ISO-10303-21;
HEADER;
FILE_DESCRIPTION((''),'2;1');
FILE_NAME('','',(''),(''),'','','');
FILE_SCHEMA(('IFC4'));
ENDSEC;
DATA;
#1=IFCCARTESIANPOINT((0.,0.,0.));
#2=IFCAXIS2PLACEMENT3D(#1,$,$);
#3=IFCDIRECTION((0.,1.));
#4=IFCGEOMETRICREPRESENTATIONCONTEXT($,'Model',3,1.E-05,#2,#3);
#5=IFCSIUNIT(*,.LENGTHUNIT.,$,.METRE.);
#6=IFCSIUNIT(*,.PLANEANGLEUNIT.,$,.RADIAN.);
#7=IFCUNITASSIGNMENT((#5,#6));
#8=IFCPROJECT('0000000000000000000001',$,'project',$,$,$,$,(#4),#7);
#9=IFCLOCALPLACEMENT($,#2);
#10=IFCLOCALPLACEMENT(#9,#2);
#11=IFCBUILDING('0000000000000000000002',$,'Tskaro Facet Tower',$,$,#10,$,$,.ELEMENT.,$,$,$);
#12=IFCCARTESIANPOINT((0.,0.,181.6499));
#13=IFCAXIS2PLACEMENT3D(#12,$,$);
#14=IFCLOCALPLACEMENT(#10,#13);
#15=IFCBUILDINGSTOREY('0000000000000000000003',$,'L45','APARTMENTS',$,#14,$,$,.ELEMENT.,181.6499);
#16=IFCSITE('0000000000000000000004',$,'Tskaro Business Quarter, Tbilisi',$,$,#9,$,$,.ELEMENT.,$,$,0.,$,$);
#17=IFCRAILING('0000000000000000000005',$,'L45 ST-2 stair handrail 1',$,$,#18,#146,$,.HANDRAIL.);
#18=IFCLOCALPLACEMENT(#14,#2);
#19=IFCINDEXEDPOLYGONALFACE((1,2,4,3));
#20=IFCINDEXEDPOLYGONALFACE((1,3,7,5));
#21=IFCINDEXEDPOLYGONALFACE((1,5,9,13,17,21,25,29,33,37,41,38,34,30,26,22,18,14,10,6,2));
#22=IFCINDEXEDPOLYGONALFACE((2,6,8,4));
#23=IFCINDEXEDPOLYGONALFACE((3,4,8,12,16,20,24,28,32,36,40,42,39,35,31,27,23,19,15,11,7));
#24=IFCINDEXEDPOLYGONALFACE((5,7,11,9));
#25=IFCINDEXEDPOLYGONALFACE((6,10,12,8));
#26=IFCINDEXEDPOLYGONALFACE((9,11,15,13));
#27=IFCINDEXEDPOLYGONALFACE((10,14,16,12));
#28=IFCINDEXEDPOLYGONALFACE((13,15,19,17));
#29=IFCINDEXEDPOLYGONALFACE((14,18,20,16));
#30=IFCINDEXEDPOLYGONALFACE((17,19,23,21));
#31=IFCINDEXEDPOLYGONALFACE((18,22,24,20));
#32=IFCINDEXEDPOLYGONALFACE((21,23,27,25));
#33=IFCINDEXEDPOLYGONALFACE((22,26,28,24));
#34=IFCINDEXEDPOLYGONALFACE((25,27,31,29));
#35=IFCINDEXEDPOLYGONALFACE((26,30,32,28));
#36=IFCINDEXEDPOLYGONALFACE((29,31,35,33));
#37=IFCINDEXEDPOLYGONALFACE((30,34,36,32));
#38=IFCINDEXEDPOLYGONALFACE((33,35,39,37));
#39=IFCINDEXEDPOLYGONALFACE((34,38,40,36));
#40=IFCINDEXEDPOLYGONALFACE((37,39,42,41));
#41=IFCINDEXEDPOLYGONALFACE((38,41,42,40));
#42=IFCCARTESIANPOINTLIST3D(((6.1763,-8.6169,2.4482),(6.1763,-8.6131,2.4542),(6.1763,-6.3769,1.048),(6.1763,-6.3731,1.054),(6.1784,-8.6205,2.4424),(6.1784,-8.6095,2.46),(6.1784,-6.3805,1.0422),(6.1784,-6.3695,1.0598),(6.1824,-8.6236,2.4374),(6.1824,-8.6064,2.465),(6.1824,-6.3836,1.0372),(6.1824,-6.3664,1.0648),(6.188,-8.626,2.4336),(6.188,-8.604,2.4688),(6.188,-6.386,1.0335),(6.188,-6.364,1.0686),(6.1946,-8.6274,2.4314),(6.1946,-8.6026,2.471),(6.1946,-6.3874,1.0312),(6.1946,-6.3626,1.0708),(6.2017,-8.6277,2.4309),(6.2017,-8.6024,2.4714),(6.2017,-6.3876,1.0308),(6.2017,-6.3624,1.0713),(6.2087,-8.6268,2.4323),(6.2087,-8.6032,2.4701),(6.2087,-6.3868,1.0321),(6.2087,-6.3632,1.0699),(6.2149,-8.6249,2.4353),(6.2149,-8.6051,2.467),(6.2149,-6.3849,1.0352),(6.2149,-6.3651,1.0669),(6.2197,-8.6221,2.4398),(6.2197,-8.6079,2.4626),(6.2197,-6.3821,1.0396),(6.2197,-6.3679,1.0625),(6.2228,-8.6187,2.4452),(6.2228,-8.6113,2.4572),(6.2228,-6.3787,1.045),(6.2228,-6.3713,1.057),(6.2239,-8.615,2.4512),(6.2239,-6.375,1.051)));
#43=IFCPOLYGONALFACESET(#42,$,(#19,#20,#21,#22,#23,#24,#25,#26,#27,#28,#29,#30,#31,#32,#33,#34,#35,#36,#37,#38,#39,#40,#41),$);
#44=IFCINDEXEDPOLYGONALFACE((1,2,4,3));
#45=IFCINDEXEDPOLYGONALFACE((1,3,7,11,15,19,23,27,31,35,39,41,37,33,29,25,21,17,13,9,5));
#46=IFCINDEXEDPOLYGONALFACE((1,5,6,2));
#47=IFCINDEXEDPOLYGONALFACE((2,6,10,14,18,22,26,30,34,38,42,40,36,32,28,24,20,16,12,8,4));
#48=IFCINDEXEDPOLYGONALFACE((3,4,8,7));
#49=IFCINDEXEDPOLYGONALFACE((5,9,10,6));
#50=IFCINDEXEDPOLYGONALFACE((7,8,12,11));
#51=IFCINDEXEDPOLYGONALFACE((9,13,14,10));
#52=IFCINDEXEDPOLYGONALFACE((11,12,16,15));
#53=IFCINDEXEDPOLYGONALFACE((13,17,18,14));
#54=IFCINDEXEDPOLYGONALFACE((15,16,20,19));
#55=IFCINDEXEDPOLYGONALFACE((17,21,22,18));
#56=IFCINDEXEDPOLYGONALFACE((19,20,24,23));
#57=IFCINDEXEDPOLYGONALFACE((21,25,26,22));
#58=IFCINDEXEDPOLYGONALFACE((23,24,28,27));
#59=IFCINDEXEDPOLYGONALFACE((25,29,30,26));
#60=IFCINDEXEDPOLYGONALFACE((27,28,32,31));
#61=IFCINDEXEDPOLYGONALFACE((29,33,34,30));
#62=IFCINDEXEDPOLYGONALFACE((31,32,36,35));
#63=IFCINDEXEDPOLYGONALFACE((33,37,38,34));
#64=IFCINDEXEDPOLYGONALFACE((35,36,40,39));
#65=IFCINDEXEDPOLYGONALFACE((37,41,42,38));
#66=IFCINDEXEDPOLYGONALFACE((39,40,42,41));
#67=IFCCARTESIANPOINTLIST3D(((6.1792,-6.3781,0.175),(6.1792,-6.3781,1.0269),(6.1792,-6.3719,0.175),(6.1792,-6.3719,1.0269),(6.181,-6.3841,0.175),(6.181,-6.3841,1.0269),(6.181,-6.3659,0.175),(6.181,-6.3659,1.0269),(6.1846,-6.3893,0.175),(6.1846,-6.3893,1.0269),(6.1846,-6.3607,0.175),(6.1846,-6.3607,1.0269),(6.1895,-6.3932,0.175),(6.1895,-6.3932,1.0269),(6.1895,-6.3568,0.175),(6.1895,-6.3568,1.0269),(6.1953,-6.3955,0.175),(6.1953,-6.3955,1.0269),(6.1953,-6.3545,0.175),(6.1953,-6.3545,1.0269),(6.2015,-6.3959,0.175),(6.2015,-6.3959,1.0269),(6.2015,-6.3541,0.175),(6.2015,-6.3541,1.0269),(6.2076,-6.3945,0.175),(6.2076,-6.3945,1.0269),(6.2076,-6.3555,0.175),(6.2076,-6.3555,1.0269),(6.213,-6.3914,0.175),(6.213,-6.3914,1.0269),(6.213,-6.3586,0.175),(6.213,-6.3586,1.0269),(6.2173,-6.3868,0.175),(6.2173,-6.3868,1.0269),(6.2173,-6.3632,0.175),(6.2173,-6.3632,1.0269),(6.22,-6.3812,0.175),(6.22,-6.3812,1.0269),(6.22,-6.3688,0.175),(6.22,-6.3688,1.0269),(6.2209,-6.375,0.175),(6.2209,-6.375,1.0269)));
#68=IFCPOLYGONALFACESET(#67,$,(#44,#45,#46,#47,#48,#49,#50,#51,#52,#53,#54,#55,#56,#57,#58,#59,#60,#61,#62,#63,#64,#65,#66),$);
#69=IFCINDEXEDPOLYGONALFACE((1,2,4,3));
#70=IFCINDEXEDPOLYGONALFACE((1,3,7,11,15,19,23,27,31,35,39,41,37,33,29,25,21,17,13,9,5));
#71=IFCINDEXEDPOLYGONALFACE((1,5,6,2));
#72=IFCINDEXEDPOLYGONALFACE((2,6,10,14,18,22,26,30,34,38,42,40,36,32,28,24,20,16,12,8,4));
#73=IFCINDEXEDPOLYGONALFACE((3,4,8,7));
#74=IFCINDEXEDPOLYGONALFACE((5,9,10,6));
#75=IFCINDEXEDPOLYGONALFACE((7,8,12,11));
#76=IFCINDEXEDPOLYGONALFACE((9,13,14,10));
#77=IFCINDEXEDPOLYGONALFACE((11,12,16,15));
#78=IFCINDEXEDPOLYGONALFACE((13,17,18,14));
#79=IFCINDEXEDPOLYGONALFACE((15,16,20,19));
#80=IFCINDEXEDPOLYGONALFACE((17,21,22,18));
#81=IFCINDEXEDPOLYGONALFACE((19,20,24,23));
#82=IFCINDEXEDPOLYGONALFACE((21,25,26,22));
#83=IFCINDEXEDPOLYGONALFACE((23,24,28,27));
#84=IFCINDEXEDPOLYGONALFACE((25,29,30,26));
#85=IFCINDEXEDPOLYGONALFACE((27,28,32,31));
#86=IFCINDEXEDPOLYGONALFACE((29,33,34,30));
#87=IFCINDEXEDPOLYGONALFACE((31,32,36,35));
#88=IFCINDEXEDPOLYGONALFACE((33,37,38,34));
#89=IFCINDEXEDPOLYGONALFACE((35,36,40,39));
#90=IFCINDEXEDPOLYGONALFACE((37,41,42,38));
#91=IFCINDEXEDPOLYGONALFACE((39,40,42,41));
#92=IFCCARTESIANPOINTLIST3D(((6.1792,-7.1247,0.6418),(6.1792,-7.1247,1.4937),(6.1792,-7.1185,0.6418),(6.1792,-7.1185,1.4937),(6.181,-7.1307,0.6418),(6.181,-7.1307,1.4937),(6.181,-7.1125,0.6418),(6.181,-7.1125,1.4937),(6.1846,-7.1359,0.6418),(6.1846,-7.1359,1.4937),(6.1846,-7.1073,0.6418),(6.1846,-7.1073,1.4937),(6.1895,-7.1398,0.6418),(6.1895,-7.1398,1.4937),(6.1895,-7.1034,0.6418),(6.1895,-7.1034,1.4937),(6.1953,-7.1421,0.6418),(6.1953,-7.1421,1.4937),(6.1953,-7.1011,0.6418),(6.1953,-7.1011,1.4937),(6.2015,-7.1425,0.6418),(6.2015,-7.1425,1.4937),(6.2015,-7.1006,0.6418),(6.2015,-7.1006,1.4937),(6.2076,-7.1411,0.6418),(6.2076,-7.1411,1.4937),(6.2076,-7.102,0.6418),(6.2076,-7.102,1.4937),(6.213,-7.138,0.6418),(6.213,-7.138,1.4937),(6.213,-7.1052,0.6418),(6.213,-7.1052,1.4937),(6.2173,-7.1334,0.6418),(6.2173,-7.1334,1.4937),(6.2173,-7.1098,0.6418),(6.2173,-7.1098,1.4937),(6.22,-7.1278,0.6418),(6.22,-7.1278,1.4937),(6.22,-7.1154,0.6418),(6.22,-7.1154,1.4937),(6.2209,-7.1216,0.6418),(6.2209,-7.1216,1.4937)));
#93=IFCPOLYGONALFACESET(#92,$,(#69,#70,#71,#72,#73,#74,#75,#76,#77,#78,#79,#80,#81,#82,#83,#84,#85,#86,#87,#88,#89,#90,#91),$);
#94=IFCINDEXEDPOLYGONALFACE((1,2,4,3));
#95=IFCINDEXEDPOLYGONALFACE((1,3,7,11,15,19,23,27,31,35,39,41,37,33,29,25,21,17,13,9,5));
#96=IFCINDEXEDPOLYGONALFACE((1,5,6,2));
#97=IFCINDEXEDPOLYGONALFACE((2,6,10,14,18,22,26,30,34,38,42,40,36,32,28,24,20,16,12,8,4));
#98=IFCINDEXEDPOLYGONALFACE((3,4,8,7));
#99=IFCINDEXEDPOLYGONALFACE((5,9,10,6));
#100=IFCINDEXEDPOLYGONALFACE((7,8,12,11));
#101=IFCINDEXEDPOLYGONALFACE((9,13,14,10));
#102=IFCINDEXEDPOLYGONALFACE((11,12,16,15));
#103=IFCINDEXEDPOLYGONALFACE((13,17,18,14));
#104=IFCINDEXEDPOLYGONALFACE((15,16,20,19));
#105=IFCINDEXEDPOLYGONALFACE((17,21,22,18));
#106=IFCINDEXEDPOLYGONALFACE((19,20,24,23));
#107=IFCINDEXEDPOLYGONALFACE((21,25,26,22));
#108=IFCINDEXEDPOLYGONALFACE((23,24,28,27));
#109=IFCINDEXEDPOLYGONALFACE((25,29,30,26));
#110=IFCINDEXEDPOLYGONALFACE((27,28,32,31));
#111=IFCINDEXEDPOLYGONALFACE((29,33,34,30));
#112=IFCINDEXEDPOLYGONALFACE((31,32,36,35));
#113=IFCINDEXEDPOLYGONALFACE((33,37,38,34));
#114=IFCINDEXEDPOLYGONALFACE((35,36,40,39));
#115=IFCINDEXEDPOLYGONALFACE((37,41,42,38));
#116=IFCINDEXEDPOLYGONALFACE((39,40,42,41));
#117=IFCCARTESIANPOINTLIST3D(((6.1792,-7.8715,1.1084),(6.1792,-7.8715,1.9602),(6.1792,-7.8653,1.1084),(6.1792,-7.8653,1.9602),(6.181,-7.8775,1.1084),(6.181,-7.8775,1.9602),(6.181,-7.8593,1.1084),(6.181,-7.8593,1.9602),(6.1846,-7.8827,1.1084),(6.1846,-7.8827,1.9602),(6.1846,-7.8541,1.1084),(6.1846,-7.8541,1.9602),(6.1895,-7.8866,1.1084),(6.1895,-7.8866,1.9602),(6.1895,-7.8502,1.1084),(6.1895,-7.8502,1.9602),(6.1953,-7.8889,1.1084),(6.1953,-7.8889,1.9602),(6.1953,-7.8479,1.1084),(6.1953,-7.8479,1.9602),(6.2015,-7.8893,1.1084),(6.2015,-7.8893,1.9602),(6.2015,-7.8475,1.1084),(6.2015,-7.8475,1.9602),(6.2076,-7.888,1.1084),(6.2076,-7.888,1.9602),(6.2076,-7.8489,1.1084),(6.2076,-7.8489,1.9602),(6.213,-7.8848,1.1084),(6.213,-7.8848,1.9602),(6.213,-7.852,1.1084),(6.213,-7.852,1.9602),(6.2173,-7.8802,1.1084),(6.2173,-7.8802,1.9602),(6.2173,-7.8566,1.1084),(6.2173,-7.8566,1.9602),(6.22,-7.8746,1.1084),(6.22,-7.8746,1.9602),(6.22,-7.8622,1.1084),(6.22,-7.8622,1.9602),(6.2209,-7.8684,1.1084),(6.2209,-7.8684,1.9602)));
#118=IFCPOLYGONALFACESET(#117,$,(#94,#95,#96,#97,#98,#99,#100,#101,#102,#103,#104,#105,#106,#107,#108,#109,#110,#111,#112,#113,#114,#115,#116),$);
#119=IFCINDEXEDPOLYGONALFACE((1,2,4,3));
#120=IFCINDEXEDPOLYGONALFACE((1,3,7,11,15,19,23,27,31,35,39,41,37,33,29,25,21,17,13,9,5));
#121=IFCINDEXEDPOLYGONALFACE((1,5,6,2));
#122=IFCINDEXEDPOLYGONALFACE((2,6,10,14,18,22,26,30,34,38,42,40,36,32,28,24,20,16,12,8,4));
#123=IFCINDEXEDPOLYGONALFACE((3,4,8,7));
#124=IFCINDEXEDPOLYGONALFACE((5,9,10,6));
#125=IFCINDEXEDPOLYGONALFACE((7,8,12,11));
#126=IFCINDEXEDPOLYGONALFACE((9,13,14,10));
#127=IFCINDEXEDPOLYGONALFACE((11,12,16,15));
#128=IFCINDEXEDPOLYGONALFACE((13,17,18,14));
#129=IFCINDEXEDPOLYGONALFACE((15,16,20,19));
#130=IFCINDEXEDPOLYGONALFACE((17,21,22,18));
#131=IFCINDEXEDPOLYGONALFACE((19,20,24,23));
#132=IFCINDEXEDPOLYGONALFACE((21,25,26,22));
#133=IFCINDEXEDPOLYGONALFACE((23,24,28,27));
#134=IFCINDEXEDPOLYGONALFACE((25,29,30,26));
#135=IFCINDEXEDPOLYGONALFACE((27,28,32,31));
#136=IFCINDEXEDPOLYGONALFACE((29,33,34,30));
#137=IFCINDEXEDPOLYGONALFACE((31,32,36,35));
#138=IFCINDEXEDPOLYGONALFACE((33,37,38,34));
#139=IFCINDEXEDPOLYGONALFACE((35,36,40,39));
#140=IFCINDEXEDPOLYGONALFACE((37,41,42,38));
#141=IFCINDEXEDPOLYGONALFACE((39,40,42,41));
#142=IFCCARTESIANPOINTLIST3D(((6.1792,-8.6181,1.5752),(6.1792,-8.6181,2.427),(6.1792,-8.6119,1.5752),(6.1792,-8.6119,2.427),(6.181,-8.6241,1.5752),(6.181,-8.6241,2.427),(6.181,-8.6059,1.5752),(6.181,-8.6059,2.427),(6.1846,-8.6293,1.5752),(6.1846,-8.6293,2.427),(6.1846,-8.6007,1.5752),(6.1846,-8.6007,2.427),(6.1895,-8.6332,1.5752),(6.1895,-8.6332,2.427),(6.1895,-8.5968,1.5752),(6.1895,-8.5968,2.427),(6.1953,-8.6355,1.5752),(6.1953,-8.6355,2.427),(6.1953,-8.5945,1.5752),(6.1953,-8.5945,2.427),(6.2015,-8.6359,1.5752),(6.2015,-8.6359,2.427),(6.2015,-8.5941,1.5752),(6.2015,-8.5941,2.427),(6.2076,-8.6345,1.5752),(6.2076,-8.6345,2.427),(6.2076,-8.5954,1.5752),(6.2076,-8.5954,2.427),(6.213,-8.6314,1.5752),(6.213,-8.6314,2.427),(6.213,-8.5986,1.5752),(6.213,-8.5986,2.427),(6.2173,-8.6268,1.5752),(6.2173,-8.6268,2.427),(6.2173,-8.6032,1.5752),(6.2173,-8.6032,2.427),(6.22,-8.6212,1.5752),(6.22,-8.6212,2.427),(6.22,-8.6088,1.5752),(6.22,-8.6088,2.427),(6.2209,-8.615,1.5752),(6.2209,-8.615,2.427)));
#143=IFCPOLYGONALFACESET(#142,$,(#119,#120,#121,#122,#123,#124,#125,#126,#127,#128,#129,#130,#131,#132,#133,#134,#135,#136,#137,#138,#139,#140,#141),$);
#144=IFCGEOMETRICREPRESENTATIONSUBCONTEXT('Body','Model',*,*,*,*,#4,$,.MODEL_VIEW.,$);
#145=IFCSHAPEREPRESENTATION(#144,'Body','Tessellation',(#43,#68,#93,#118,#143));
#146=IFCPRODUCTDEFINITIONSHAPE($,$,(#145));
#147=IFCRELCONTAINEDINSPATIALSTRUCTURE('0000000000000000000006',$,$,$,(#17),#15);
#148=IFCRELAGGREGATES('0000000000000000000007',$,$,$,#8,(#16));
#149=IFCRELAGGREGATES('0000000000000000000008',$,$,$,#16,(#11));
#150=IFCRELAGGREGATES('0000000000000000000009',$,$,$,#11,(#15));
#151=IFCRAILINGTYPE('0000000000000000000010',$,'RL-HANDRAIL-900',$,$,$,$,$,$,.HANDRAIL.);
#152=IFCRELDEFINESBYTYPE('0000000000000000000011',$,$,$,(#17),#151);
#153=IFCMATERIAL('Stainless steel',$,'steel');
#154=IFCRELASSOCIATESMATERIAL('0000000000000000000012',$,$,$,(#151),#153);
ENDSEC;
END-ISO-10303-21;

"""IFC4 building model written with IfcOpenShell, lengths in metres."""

from ifc_helpers import new_model, si_unit, direction, frame, origin, origin_2d, place, context, subcontext, project, spatial, circle, extrude, material, type_object, element, save


model = new_model("IFC4")

# Units and contexts
model_context = context("Model", 3, precision=1e-05, world=origin(), true_north=direction((0.0, 1.0)))
body_context = subcontext(model_context, "Body", "Model", "MODEL_VIEW")
ifc_project = project(units=[si_unit("LENGTHUNIT", "METRE"), si_unit("PLANEANGLEUNIT", "RADIAN")], contexts=[model_context])

# Site, building, storey
site_placement = place(None, origin())
site = spatial("IfcSite", under=ifc_project, at=site_placement, Name="Tskaro Business Quarter, Tbilisi", CompositionType="ELEMENT", RefElevation=0.0)
building_placement = place(site_placement, origin())
building = spatial("IfcBuilding", under=site, at=building_placement, Name="Tskaro Facet Tower", CompositionType="ELEMENT")
storey_placement = place(building_placement, frame((0.0, 0.0, 181.6499)))
storey = spatial("IfcBuildingStorey", under=building, at=storey_placement, Name="L45", Description="APARTMENTS", CompositionType="ELEMENT", Elevation=181.6499)

# Shared definitions
ifc_material_1 = material(Name="Stainless steel", Category="steel")

# Railing
railing_type_1 = type_object("IfcRailingType", Name="RL-HANDRAIL-900", PredefinedType="HANDRAIL", material=ifc_material_1)
railing_1_placement = place(storey_placement, frame((6.2, -6.375, 0.175)))
element("IfcRailing", 1, at=railing_1_placement, inside=storey, type_object=railing_type_1, Name="L45 ST-2 stair handrail 1", PredefinedType="HANDRAIL", context=body_context, shape_type="SweptSolid", body=[
    extrude(circle(Radius=0.0239, at=origin_2d()), frame((0.0, 0.0, 0.876), z_axis=(0.0, -0.847972, 0.53004), x_axis=(1.0, 0.0, 0.0)), (0.0, 0.0, 1.0), 2.6416),
    extrude(circle(Radius=0.021, at=origin_2d()), origin(), (0.0, 0.0, 1.0), 0.8518),
    extrude(circle(Radius=0.021, at=origin_2d()), frame((0.0, -0.7466, 0.4668)), (0.0, 0.0, 1.0), 0.8518),
    extrude(circle(Radius=0.021, at=origin_2d()), frame((0.0, -1.4934, 0.9333)), (0.0, 0.0, 1.0), 0.8518),
    extrude(circle(Radius=0.021, at=origin_2d()), frame((0.0, -2.24, 1.4001)), (0.0, 0.0, 1.0), 0.8518),
])

save(model, "model.ifc")
